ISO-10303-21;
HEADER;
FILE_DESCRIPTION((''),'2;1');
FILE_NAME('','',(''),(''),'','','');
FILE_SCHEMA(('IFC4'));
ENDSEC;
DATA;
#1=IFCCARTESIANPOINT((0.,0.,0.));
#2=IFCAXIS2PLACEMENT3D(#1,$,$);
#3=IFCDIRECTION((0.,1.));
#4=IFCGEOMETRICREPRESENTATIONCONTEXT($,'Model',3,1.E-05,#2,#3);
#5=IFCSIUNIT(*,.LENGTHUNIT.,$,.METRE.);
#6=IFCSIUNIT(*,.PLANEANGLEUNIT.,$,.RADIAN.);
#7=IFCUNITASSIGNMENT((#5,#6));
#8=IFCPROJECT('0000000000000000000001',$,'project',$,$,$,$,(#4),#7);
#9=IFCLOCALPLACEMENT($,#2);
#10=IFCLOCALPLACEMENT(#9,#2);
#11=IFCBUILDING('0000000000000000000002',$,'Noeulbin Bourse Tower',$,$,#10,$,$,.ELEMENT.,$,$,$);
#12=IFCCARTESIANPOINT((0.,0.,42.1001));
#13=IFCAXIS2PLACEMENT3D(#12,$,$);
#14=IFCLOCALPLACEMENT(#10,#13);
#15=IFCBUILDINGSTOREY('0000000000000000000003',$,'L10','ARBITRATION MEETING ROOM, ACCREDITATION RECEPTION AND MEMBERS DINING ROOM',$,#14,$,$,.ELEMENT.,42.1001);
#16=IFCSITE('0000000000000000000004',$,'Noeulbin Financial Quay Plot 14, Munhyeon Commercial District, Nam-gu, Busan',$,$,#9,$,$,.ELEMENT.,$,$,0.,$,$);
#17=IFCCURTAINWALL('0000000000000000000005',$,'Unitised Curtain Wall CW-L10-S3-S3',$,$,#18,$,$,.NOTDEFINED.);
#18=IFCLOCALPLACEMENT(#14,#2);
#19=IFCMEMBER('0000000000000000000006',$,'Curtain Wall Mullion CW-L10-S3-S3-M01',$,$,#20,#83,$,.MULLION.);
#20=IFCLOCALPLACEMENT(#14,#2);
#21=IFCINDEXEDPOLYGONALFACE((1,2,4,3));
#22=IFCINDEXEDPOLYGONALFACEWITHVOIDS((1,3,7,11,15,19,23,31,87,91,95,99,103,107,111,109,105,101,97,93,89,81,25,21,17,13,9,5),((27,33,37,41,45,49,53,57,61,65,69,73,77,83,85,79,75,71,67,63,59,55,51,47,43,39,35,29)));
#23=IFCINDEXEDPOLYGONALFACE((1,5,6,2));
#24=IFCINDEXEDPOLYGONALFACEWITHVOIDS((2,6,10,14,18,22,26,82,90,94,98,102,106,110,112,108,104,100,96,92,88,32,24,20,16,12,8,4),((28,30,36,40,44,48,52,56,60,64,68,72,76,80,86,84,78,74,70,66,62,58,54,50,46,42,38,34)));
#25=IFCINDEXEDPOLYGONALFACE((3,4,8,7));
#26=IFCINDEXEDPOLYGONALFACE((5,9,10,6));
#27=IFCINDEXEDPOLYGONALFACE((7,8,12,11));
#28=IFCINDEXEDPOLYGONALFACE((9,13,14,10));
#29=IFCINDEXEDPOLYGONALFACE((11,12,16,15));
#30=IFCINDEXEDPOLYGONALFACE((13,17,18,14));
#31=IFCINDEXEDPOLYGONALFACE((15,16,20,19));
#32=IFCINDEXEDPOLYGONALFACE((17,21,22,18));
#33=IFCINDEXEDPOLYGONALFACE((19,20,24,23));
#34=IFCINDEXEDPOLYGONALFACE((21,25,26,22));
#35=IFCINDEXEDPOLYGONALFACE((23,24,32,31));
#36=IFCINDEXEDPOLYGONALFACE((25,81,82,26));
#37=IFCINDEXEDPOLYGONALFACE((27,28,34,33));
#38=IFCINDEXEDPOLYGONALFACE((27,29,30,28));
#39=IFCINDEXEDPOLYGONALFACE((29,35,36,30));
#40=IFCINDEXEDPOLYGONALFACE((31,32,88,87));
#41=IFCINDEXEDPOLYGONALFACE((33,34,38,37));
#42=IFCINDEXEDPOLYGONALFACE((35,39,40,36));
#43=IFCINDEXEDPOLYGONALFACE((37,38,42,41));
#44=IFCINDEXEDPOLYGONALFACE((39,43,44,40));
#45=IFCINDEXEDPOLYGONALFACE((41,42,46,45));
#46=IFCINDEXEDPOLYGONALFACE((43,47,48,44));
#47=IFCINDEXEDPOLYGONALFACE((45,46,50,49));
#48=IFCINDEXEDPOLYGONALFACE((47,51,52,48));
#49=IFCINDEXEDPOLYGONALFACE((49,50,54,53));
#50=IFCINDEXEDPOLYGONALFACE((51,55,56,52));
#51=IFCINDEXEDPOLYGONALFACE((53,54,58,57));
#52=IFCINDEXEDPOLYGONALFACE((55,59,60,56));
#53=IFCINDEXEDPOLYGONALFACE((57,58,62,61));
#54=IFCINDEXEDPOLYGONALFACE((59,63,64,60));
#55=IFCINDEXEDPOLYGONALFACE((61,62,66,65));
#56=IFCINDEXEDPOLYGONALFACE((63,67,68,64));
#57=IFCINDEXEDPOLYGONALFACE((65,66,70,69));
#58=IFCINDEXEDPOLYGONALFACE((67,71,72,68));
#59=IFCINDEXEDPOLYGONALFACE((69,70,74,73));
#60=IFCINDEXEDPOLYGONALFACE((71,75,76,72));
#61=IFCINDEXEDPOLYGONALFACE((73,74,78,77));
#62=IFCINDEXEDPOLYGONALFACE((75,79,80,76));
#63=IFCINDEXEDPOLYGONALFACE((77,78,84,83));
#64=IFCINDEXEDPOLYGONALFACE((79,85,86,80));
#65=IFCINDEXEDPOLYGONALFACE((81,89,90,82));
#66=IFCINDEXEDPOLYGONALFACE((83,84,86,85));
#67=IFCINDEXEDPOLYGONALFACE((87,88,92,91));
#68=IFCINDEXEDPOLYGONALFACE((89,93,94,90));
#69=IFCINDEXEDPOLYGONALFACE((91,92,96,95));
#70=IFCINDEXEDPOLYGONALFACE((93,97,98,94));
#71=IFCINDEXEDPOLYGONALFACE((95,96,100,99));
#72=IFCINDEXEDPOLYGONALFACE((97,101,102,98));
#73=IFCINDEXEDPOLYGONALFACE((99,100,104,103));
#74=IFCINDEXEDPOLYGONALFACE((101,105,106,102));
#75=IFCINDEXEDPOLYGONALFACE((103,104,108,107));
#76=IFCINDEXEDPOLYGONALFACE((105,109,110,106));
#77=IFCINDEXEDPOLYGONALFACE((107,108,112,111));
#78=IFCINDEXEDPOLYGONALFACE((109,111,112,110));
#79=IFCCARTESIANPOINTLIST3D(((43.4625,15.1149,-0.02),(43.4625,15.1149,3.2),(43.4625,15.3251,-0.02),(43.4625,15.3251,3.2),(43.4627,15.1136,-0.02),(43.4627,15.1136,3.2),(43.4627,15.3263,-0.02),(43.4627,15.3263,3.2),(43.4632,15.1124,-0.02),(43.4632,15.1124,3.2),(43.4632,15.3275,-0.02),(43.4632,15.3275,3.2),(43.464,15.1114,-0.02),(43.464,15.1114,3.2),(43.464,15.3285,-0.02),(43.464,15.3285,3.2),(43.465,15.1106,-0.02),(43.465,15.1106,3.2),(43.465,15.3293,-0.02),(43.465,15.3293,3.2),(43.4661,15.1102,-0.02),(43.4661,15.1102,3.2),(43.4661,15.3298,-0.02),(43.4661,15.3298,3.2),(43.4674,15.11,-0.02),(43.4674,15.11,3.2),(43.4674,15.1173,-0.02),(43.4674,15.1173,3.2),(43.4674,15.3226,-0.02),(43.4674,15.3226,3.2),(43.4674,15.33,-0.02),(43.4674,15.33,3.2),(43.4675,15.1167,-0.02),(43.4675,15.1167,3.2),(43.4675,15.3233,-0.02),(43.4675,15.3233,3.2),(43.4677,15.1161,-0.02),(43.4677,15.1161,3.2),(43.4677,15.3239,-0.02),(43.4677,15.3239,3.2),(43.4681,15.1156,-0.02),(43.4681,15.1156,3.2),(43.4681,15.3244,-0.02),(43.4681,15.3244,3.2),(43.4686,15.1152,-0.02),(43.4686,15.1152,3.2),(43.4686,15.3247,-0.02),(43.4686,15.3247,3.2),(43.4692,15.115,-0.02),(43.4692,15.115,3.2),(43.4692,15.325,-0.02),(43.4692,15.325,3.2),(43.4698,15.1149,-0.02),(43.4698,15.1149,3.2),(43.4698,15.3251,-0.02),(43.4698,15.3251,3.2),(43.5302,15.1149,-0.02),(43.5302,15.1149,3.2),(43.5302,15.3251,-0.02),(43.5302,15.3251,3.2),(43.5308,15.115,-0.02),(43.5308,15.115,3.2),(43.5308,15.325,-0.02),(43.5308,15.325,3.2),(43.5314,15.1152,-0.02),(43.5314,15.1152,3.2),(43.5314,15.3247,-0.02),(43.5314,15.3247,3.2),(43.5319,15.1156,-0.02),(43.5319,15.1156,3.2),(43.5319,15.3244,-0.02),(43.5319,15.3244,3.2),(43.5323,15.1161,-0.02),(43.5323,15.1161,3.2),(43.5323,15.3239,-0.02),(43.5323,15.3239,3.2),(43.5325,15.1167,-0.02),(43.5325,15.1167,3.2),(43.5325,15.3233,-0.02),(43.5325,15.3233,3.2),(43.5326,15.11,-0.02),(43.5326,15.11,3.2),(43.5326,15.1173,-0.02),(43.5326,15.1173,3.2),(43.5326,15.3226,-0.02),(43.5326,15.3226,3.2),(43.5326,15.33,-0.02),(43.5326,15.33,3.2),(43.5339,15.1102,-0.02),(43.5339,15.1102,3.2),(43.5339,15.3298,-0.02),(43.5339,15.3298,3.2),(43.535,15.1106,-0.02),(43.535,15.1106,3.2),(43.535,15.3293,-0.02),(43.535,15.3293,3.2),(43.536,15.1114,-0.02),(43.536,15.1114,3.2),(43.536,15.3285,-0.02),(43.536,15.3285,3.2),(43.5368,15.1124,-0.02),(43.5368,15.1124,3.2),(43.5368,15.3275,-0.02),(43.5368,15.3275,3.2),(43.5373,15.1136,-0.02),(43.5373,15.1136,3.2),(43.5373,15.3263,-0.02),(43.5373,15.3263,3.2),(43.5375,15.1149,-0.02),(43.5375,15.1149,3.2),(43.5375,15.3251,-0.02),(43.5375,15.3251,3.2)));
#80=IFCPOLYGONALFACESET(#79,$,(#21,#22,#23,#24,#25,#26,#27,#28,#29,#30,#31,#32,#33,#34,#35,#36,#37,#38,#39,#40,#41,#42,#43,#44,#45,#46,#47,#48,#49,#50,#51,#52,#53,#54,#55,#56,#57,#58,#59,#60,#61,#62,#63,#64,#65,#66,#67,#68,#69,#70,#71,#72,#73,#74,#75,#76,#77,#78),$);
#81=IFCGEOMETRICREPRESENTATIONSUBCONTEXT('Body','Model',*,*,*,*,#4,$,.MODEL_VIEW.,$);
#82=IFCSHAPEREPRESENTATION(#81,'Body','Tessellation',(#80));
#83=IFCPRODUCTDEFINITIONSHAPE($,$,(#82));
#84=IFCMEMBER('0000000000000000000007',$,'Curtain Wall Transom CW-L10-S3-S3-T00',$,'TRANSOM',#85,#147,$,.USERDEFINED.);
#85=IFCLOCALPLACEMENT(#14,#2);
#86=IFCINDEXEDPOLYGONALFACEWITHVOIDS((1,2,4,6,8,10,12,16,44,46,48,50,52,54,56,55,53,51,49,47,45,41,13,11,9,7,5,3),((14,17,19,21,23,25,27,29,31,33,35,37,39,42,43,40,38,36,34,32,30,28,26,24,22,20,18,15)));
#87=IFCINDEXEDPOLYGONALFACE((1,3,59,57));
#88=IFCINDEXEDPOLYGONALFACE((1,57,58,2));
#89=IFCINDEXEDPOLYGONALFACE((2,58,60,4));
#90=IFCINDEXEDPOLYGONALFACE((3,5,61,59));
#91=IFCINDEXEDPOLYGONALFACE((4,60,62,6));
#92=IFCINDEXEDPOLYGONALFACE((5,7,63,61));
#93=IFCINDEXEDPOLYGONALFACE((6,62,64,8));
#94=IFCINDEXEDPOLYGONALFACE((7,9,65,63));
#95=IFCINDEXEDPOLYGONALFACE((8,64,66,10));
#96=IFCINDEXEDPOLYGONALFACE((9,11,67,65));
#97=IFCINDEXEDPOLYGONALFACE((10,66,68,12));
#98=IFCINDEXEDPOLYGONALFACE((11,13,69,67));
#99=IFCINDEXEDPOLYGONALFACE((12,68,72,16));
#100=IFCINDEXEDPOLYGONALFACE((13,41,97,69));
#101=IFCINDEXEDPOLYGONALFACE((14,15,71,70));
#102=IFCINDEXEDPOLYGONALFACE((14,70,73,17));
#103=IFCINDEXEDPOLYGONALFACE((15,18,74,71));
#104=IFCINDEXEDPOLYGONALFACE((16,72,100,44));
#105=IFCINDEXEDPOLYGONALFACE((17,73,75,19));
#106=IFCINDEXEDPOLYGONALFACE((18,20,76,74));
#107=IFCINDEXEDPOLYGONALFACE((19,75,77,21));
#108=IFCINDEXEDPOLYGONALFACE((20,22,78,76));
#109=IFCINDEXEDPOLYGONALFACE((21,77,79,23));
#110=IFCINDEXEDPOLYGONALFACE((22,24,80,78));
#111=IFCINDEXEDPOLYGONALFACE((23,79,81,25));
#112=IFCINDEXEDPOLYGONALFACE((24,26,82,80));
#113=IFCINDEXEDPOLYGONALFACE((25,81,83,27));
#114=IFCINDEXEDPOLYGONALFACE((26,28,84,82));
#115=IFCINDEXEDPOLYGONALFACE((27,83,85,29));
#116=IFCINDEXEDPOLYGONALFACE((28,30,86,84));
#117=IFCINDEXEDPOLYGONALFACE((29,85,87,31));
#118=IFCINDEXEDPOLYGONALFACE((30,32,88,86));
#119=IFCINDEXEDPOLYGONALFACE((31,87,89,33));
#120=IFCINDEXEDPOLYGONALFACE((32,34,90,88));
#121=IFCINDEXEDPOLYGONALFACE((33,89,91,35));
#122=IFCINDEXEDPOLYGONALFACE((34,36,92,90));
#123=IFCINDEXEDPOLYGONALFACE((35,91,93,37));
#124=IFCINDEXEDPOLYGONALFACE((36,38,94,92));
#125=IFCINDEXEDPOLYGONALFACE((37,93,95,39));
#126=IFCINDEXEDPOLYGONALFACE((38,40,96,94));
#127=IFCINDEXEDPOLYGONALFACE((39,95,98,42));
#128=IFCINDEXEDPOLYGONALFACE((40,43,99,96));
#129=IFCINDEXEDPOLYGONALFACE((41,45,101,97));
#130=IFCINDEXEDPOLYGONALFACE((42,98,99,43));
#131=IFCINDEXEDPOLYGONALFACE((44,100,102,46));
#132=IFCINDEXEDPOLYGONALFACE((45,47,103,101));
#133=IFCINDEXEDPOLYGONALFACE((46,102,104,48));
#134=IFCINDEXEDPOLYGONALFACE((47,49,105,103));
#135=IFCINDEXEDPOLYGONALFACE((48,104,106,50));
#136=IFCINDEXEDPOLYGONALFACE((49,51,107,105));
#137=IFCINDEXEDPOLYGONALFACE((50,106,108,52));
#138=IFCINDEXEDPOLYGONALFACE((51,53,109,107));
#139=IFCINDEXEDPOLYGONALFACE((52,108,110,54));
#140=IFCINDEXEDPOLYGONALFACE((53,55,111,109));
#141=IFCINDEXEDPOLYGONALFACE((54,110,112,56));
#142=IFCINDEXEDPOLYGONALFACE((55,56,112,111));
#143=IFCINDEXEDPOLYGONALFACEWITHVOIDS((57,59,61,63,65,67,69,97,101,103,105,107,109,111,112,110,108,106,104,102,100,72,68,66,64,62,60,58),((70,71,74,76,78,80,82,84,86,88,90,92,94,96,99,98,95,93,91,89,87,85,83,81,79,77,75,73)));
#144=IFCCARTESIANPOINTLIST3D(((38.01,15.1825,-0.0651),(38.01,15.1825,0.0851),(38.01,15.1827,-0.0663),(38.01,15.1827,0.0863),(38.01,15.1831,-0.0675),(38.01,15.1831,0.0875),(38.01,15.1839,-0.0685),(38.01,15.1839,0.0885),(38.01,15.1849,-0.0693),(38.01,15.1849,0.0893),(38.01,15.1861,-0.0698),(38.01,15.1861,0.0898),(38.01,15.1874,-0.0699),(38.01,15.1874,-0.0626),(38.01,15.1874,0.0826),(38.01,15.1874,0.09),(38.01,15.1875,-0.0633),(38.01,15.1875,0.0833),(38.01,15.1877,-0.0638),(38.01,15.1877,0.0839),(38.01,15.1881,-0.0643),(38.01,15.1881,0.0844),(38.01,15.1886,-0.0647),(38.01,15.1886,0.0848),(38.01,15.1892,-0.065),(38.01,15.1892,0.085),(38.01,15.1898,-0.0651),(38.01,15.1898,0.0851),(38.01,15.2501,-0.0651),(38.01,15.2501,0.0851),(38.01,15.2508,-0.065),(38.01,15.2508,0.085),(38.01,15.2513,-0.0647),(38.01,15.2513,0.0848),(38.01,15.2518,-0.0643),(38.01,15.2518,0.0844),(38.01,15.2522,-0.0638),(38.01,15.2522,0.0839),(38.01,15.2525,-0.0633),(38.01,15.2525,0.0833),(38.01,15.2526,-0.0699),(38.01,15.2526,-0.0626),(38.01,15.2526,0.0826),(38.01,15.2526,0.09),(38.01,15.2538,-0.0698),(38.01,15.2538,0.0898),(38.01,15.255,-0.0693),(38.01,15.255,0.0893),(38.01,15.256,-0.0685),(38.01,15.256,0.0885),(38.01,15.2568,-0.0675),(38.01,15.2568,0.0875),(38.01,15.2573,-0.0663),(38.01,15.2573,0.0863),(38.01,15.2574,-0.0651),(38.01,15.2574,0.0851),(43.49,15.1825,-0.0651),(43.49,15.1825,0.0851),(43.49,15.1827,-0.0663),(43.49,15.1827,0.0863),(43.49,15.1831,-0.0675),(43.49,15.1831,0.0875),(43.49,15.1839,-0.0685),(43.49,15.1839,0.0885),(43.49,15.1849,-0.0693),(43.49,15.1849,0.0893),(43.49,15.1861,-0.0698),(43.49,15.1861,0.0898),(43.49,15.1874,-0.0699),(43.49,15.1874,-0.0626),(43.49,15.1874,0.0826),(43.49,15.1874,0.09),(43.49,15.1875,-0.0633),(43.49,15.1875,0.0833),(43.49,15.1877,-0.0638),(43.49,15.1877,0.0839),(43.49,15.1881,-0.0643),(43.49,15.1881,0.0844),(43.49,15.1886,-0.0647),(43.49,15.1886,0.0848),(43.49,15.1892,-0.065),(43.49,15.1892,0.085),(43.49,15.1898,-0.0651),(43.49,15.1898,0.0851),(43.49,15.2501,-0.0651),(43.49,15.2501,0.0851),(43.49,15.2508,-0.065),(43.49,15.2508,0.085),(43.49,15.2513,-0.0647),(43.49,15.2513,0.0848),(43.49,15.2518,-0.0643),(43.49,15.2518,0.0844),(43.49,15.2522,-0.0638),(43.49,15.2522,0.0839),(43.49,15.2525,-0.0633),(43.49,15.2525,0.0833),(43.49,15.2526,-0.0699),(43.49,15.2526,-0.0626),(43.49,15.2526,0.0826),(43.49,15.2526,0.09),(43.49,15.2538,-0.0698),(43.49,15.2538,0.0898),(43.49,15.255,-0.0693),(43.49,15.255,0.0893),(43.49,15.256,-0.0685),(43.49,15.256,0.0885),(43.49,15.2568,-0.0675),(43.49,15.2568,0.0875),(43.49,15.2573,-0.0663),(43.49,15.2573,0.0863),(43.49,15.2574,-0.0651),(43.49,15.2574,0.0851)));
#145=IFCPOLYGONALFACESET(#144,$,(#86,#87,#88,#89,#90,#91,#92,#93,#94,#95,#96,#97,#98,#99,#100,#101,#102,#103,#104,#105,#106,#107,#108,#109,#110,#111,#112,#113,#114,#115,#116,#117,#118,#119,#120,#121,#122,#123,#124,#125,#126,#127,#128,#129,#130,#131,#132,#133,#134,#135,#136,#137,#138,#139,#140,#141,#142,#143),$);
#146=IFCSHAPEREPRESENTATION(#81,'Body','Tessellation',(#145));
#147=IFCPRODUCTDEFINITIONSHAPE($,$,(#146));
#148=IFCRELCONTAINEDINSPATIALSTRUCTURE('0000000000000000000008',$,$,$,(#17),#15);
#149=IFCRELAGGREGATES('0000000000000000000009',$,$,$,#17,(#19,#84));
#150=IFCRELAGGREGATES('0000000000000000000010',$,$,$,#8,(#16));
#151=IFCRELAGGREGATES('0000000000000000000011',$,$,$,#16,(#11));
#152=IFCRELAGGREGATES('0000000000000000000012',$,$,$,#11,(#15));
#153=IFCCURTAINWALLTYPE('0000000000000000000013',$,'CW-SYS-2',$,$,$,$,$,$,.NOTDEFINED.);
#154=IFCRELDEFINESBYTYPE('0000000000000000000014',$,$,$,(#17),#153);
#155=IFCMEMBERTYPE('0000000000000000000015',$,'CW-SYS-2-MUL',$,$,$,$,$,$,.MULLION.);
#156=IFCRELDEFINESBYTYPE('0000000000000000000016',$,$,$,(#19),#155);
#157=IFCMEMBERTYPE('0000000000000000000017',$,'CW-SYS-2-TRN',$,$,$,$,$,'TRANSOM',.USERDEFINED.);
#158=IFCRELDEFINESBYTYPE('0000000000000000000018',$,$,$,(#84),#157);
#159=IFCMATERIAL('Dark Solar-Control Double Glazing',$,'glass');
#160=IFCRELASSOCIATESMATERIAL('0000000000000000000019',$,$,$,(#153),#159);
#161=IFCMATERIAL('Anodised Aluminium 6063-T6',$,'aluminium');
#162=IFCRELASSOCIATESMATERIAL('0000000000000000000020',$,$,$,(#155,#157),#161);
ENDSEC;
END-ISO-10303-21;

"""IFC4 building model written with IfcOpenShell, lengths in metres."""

from ifc_helpers import new_model, si_unit, direction, frame, origin, origin_2d, place, context, subcontext, project, spatial, hollow_rectangle, extrude, material, material_profile, profile_set, type_object, element, aggregate, save


model = new_model("IFC4")

# Units and contexts
model_context = context("Model", 3, precision=1e-05, world=origin(), true_north=direction((0.0, 1.0)))
body_context = subcontext(model_context, "Body", "Model", "MODEL_VIEW")
ifc_project = project(units=[si_unit("LENGTHUNIT", "METRE"), si_unit("PLANEANGLEUNIT", "RADIAN")], contexts=[model_context])

# Site, building, storey
site_placement = place(None, origin())
site = spatial("IfcSite", under=ifc_project, at=site_placement, Name="Noeulbin Financial Quay Plot 14, Munhyeon Commercial District, Nam-gu, Busan", CompositionType="ELEMENT", RefElevation=0.0)
building_placement = place(site_placement, origin())
building = spatial("IfcBuilding", under=site, at=building_placement, Name="Noeulbin Bourse Tower", CompositionType="ELEMENT")
storey_placement = place(building_placement, frame((0.0, 0.0, 42.1001)))
storey = spatial("IfcBuildingStorey", under=building, at=storey_placement, Name="L10", Description="ARBITRATION MEETING ROOM, ACCREDITATION RECEPTION AND MEMBERS DINING ROOM", CompositionType="ELEMENT", Elevation=42.1001)

# Curtain wall, members
ifc_material_1 = material(Name="Dark Solar-Control Double Glazing", Category="glass")
curtain_wall_type = type_object("IfcCurtainWallType", Name="CW-SYS-2", PredefinedType="NOTDEFINED", material=ifc_material_1)
curtain_wall_placement = place(storey_placement, origin())
curtain_wall = element("IfcCurtainWall", 1, at=curtain_wall_placement, inside=storey, type_object=curtain_wall_type, Name="Unitised Curtain Wall CW-L10-S3-S3", PredefinedType="NOTDEFINED")
ifc_material_2 = material(Name="Anodised Aluminium 6063-T6", Category="aluminium")
ifc_material_profile_1 = material_profile(ifc_material_2, hollow_rectangle(XDim=0.075, YDim=0.22, WallThickness=0.0049, InnerFilletRadius=0.0024, OuterFilletRadius=0.0049, at=origin_2d()), Name="ALU-MULL-75x220x5", Category="LoadBearing")
ifc_profile_set_1 = profile_set([ifc_material_profile_1], Name="Anodised Aluminium 6063-T6")
member_type_1 = type_object("IfcMemberType", Name="CW-SYS-2-MUL", PredefinedType="MULLION", material=ifc_profile_set_1)
member_1_placement = place(storey_placement, frame((43.5, 15.22, -0.02), z_axis=(0.0, 0.0, 1.0), x_axis=(1.0, 0.0, 0.0)))
member_1 = element("IfcMember", 2, at=member_1_placement, type_object=member_type_1, Name="Curtain Wall Mullion CW-L10-S3-S3-M01", PredefinedType="MULLION", context=body_context, shape_type="SweptSolid", body=[
    extrude(hollow_rectangle(XDim=0.075, YDim=0.22, WallThickness=0.0049, InnerFilletRadius=0.0024, OuterFilletRadius=0.0049, at=origin_2d()), origin(), (0.0, 0.0, 1.0), 3.22),
])
ifc_material_profile_2 = material_profile(ifc_material_2, hollow_rectangle(XDim=0.075, YDim=0.1599, WallThickness=0.0049, InnerFilletRadius=0.0024, OuterFilletRadius=0.0049, at=origin_2d()), Name="ALU-TRAN-75x160x5", Category="LoadBearing")
ifc_profile_set_2 = profile_set([ifc_material_profile_2], Name="Anodised Aluminium 6063-T6")
member_type_2 = type_object("IfcMemberType", Name="CW-SYS-2-TRN", ElementType="TRANSOM", PredefinedType="USERDEFINED", material=ifc_profile_set_2)
member_2_placement = place(storey_placement, frame((38.01, 15.22, 0.01), z_axis=(1.0, 0.0, 0.0), x_axis=(0.0, 1.0, 0.0)))
member_2 = element("IfcMember", 3, at=member_2_placement, type_object=member_type_2, Name="Curtain Wall Transom CW-L10-S3-S3-T00", ObjectType="TRANSOM", PredefinedType="USERDEFINED", context=body_context, shape_type="SweptSolid", body=[
    extrude(hollow_rectangle(XDim=0.075, YDim=0.1599, WallThickness=0.0049, InnerFilletRadius=0.0024, OuterFilletRadius=0.0049, at=origin_2d()), origin(), (0.0, 0.0, 1.0), 5.48),
])
aggregate(curtain_wall, [member_1, member_2])

save(model, "model.ifc")
